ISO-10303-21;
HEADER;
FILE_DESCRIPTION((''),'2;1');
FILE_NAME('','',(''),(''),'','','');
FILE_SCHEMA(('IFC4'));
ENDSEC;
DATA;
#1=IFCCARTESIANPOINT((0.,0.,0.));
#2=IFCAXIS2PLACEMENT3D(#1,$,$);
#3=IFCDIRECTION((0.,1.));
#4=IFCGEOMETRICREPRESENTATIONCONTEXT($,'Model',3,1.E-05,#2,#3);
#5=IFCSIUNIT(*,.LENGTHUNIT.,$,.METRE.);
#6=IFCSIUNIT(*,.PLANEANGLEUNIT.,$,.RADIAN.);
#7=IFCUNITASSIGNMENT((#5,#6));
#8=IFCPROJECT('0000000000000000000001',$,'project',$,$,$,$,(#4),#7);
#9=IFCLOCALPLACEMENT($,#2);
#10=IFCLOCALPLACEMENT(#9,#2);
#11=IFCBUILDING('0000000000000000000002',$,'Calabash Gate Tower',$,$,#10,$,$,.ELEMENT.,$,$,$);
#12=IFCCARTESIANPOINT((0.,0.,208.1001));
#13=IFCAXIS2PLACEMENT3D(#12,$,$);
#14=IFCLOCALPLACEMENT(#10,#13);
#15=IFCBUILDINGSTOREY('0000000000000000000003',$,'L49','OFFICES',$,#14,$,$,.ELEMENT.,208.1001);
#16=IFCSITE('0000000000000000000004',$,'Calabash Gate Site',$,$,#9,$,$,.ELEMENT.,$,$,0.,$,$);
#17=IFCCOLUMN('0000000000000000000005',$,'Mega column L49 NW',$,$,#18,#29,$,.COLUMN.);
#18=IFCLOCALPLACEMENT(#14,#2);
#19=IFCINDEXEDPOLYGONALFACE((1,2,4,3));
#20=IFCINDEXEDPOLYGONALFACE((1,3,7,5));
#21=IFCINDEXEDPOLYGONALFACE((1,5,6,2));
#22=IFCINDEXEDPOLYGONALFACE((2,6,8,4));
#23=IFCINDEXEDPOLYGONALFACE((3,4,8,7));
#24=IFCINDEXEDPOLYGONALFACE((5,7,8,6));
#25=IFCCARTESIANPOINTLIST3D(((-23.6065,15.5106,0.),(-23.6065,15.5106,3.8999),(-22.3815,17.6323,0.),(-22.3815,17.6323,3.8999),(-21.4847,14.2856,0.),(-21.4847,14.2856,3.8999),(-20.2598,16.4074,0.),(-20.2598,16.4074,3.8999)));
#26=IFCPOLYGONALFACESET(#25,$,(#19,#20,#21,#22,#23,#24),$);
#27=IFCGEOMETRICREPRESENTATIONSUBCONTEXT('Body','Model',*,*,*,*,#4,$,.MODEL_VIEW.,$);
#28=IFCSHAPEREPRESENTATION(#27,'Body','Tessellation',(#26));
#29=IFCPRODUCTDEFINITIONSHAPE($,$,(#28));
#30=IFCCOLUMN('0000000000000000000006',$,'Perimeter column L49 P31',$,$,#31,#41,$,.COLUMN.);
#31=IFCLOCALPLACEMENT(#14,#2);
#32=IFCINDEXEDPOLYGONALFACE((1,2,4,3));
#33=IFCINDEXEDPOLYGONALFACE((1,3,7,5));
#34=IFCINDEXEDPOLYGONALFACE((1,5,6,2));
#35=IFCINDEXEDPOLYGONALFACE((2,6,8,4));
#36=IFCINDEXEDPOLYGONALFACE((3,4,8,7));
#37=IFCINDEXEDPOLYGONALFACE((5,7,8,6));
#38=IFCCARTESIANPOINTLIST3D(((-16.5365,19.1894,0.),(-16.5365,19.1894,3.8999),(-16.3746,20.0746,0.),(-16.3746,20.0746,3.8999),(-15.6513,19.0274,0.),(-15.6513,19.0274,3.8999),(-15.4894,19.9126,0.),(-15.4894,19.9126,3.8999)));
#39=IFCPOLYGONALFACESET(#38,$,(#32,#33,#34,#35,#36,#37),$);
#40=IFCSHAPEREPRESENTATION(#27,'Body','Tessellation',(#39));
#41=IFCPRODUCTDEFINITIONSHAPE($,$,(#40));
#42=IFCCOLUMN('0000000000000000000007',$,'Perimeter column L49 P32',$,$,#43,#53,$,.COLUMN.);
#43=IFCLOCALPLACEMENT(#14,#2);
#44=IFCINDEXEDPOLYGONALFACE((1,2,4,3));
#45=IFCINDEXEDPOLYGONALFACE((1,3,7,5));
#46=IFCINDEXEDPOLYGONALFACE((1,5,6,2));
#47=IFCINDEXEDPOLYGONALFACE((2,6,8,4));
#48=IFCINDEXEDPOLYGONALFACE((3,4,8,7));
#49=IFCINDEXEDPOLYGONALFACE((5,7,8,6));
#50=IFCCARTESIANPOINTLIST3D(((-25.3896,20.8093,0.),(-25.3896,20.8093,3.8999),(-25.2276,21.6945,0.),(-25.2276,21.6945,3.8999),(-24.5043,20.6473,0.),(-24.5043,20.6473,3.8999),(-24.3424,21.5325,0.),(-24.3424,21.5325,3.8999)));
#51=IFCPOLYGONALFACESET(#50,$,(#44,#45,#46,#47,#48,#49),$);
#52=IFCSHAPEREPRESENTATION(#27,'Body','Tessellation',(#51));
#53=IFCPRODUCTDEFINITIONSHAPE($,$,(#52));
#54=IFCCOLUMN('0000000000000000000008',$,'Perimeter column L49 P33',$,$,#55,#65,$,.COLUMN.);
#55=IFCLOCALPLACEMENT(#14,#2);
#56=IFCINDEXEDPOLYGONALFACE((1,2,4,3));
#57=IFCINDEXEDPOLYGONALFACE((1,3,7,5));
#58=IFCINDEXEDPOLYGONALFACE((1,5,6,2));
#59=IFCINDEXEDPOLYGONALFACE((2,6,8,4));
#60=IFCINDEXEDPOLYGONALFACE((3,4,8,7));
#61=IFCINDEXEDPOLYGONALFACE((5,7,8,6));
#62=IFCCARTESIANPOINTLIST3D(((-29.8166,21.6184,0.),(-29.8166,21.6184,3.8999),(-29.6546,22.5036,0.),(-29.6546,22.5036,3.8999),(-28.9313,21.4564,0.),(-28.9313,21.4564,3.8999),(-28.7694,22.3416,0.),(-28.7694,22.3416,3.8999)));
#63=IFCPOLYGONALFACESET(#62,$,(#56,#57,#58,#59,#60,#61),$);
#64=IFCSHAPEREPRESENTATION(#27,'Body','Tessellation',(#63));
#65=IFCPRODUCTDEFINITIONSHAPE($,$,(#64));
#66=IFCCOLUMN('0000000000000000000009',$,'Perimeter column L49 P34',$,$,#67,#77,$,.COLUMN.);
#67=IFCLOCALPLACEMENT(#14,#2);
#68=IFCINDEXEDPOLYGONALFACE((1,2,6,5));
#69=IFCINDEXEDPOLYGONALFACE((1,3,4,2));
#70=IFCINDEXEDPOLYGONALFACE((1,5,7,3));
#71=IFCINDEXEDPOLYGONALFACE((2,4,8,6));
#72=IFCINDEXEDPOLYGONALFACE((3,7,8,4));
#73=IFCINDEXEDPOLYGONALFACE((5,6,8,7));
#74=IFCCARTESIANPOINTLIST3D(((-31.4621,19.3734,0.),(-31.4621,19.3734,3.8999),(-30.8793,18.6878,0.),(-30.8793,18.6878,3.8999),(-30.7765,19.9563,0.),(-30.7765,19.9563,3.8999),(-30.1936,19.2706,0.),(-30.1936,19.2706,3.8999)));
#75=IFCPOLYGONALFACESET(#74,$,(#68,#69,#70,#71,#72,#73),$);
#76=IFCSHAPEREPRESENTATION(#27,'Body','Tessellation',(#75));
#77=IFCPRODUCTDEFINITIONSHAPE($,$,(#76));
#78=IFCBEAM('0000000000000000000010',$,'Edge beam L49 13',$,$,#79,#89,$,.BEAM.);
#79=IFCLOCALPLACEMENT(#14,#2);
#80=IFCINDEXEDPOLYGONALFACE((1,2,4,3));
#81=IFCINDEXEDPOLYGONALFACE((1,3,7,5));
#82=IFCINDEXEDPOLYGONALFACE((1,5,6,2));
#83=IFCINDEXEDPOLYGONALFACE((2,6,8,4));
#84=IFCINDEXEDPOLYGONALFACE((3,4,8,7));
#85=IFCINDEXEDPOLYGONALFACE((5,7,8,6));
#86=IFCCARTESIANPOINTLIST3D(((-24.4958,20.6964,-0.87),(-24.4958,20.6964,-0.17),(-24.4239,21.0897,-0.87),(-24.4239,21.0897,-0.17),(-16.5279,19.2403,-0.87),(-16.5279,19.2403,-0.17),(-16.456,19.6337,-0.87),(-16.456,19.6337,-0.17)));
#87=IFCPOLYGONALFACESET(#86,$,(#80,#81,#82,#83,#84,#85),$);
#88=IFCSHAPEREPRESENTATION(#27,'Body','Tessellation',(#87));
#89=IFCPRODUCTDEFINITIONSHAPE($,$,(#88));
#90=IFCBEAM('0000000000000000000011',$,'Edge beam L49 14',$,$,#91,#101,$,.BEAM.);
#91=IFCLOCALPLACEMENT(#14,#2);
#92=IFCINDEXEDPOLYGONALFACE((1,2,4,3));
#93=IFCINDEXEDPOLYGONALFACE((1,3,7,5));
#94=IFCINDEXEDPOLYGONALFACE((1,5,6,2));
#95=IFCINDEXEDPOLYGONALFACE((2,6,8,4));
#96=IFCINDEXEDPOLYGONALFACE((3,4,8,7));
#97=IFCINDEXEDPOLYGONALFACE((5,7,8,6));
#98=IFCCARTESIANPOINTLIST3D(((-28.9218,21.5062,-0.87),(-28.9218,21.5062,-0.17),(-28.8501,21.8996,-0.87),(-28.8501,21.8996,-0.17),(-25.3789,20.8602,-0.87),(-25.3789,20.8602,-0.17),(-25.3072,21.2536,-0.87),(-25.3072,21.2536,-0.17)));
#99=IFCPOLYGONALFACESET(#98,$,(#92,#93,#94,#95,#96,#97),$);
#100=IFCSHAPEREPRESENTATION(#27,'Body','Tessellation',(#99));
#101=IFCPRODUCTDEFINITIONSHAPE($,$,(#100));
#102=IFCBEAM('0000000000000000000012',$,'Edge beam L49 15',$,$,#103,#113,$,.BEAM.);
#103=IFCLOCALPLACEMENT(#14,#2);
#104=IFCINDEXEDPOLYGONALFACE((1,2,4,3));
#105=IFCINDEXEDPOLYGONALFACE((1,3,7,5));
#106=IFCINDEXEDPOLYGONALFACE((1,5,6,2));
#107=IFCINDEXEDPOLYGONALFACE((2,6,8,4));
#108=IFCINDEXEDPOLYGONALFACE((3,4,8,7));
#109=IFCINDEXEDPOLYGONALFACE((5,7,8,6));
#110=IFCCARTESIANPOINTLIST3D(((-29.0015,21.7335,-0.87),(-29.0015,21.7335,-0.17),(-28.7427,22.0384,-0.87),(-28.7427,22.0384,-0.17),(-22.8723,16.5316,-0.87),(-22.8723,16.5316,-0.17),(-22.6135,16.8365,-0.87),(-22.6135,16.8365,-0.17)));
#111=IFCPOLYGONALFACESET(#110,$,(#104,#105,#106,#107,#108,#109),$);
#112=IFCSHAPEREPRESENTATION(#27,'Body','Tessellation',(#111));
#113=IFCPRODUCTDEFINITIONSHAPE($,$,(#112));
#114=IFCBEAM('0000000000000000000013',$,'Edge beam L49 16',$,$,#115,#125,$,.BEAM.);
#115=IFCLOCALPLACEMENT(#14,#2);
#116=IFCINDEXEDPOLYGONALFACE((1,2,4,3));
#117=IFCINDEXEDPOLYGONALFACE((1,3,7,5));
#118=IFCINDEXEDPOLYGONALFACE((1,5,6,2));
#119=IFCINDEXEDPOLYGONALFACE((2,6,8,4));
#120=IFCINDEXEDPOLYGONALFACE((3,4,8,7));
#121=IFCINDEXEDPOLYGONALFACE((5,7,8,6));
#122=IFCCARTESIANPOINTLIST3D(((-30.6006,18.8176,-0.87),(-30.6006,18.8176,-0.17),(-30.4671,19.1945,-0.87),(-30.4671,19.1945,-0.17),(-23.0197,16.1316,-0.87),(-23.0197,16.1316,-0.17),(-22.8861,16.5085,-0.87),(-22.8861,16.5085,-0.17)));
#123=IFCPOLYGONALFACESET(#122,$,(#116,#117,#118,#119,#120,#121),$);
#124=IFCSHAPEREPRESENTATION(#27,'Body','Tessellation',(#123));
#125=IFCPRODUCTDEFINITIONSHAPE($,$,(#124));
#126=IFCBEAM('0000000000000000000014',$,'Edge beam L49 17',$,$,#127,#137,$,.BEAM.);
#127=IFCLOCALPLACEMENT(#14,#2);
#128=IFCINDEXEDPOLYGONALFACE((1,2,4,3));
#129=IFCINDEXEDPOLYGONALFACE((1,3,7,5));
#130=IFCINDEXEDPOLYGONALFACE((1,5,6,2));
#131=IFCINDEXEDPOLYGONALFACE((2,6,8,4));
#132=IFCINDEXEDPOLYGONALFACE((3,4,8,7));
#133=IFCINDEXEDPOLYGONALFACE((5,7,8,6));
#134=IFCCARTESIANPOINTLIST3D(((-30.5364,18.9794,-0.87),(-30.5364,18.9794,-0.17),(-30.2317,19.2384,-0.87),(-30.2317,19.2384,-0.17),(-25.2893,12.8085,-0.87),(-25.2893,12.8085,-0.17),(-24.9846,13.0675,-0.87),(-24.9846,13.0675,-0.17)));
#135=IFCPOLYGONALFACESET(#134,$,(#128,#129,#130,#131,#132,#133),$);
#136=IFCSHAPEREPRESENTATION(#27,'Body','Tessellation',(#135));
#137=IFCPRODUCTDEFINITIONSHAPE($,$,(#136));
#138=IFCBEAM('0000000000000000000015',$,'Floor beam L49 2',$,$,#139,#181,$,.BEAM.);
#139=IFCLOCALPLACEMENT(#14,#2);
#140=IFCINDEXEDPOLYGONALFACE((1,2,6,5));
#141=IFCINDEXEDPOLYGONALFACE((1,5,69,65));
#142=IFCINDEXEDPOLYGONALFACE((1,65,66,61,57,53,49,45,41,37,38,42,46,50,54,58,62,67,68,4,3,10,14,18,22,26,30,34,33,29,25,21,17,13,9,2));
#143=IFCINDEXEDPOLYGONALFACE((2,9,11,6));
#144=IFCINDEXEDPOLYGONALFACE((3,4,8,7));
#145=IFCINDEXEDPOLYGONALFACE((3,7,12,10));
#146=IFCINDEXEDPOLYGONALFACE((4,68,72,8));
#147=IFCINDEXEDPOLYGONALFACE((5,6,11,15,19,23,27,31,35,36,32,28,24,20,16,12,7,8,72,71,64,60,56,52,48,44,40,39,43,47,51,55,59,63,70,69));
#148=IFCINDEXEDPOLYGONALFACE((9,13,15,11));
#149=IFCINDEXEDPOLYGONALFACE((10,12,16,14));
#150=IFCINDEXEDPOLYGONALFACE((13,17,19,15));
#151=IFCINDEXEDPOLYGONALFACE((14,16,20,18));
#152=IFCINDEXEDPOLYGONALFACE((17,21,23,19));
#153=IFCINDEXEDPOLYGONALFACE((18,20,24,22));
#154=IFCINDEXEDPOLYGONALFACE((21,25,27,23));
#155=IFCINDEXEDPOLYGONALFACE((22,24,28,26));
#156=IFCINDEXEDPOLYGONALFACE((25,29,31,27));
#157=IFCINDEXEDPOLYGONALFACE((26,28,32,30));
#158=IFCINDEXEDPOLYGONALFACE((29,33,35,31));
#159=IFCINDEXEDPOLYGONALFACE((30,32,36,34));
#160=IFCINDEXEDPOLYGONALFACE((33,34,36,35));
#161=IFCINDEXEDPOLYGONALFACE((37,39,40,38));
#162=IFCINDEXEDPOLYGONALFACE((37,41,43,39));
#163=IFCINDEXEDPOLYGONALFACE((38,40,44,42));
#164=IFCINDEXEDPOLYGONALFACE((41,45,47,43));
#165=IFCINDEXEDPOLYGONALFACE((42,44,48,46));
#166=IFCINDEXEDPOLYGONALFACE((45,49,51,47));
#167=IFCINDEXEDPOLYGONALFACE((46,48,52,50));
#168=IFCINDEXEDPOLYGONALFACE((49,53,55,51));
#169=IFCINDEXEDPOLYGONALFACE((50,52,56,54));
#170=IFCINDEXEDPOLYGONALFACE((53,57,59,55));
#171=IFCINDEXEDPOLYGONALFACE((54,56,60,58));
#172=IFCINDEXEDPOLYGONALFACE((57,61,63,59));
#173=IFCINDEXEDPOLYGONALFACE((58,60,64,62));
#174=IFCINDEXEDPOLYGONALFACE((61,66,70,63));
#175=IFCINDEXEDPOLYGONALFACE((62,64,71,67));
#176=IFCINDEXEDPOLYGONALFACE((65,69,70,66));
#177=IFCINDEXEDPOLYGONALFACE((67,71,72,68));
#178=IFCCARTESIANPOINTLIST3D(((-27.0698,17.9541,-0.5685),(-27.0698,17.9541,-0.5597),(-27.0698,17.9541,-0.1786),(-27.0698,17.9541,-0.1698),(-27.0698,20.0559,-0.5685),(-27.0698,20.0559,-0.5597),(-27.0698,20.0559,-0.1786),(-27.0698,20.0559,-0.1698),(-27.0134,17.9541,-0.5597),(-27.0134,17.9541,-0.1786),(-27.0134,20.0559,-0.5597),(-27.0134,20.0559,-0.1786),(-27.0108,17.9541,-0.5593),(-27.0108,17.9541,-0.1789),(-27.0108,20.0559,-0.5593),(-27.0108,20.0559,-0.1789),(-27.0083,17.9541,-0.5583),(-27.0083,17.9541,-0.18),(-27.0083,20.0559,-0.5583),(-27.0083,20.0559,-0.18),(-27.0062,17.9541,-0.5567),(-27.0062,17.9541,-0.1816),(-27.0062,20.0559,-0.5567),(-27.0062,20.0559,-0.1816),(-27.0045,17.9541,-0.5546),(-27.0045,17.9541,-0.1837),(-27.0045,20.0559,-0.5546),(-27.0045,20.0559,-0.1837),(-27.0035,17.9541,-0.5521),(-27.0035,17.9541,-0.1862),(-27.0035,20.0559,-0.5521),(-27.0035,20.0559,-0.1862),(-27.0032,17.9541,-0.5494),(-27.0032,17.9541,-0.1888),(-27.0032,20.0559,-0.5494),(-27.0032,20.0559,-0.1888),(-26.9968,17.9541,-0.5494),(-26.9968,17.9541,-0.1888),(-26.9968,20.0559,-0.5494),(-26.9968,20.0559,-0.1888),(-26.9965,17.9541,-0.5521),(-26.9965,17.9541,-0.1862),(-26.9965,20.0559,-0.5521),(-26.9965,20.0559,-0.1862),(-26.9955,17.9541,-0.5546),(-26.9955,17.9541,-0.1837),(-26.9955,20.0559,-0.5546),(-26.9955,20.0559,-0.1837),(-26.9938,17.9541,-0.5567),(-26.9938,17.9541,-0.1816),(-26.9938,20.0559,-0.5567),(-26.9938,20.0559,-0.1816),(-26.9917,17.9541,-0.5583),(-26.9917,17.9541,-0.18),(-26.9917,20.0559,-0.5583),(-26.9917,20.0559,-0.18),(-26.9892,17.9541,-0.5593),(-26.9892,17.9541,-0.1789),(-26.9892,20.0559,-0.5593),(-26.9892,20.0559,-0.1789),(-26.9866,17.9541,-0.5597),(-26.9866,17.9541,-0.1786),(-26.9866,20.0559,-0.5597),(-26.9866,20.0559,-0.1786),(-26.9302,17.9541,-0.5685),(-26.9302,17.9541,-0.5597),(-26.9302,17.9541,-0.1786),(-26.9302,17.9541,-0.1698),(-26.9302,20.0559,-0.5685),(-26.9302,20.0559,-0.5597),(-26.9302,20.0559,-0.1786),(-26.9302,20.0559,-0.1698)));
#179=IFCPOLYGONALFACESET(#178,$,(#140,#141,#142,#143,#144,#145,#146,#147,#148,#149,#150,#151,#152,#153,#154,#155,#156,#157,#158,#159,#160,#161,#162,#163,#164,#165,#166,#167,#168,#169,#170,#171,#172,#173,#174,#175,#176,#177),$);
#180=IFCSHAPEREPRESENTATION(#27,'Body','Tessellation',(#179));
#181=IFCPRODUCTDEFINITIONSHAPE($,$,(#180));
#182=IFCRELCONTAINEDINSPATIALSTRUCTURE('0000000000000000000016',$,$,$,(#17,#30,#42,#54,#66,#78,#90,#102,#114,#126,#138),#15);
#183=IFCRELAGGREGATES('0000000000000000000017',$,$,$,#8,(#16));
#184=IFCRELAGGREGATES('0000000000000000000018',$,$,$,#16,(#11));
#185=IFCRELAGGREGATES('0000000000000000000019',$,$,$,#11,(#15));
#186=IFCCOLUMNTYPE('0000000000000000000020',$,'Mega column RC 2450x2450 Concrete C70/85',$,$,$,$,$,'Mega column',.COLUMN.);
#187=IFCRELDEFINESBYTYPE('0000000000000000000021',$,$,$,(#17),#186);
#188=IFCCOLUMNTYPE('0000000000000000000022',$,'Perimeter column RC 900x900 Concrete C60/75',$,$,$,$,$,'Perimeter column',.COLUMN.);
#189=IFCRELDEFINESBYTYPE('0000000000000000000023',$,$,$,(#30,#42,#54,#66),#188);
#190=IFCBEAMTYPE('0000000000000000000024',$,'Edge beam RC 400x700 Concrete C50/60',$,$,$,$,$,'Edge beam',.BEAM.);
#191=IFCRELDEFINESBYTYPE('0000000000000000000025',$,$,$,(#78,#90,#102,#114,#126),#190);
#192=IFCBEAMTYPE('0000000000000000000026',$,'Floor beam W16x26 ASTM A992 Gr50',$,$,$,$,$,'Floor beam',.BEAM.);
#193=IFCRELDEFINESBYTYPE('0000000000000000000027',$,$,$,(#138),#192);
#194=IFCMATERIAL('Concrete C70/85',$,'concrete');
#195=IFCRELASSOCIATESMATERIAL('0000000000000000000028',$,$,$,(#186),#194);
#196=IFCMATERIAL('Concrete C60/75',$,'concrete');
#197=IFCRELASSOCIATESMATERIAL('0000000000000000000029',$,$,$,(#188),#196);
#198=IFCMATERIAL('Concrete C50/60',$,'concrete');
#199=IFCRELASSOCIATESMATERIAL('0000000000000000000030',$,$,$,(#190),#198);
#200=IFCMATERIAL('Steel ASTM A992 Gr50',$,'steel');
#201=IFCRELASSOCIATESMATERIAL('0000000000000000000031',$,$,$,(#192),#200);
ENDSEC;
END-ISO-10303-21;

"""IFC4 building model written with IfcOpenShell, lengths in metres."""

from ifc_helpers import new_model, si_unit, direction, frame, origin, origin_2d, place, context, subcontext, project, spatial, rectangle, i_section, extrude, material, material_profile, profile_set, type_object, element, save


model = new_model("IFC4")

# Units and contexts
model_context = context("Model", 3, precision=1e-05, world=origin(), true_north=direction((0.0, 1.0)))
body_context = subcontext(model_context, "Body", "Model", "MODEL_VIEW")
ifc_project = project(units=[si_unit("LENGTHUNIT", "METRE"), si_unit("PLANEANGLEUNIT", "RADIAN")], contexts=[model_context])

# Site, building, storey
site_placement = place(None, origin())
site = spatial("IfcSite", under=ifc_project, at=site_placement, Name="Calabash Gate Site", CompositionType="ELEMENT", RefElevation=0.0)
building_placement = place(site_placement, origin())
building = spatial("IfcBuilding", under=site, at=building_placement, Name="Calabash Gate Tower", CompositionType="ELEMENT")
storey_placement = place(building_placement, frame((0.0, 0.0, 208.1001)))
storey = spatial("IfcBuildingStorey", under=building, at=storey_placement, Name="L49", Description="OFFICES", CompositionType="ELEMENT", Elevation=208.1001)

# Columns
ifc_material_1 = material(Name="Concrete C70/85", Category="concrete")
ifc_material_profile_1 = material_profile(ifc_material_1, rectangle(XDim=2.45, YDim=2.45, at=origin_2d()))
ifc_profile_set_1 = profile_set([ifc_material_profile_1], Name="Concrete C70/85")
column_type_1 = type_object("IfcColumnType", Name="Mega column RC 2450x2450 Concrete C70/85", ElementType="Mega column", PredefinedType="COLUMN", material=ifc_profile_set_1)
column_placement = place(storey_placement, frame((-21.9331, 15.959, 0.0), z_axis=(0.0, 0.0, 1.0), x_axis=(0.866025, -0.5, 0.0)))
element("IfcColumn", 1, at=column_placement, inside=storey, type_object=column_type_1, Name="Mega column L49 NW", PredefinedType="COLUMN", context=body_context, shape_type="SweptSolid", body=[
    extrude(rectangle(XDim=2.45, YDim=2.45, at=origin_2d()), origin(), (0.0, 0.0, 1.0), 3.8999),
])
ifc_material_2 = material(Name="Concrete C60/75", Category="concrete")
ifc_material_profile_2 = material_profile(ifc_material_2, rectangle(XDim=0.8999, YDim=0.8999, at=origin_2d()))
ifc_profile_set_2 = profile_set([ifc_material_profile_2], Name="Concrete C60/75")
column_type_2 = type_object("IfcColumnType", Name="Perimeter column RC 900x900 Concrete C60/75", ElementType="Perimeter column", PredefinedType="COLUMN", material=ifc_profile_set_2)
for number, where, z_axis, x_axis, name in (
    (2, (-16.0129, 19.551, 0.0), (0.0, 0.0, 1.0), (-0.98367, 0.179982, 0.0), "Perimeter column L49 P31"),
    (3, (-24.866, 21.1709, 0.0), (0.0, 0.0, 1.0), (-0.98367, 0.179982, 0.0), "Perimeter column L49 P32"),
    (4, (-29.293, 21.98, 0.0), (0.0, 0.0, 1.0), (-0.98367, 0.179982, 0.0), "Perimeter column L49 P33"),
    (5, (-30.8279, 19.322, 0.0), (0.0, 0.0, 1.0), (0.647704, -0.761892, 0.0), "Perimeter column L49 P34"),
):
    element("IfcColumn", number, at=place(storey_placement, frame(where, z_axis=z_axis, x_axis=x_axis)), inside=storey, type_object=column_type_2, Name=name, PredefinedType="COLUMN", context=body_context, shape_type="SweptSolid", body=[
        extrude(rectangle(XDim=0.8999, YDim=0.8999, at=origin_2d()), origin(), (0.0, 0.0, 1.0), 3.8999),
    ])

# Beams
ifc_material_3 = material(Name="Concrete C50/60", Category="concrete")
ifc_material_profile_3 = material_profile(ifc_material_3, rectangle(XDim=0.3999, YDim=0.7, at=origin_2d()))
ifc_profile_set_3 = profile_set([ifc_material_profile_3], Name="Concrete C50/60")
beam_type_1 = type_object("IfcBeamType", Name="Edge beam RC 400x700 Concrete C50/60", ElementType="Edge beam", PredefinedType="BEAM", material=ifc_profile_set_3)
beam_1_placement = place(storey_placement, frame((-16.4919, 19.437, -0.52), z_axis=(-0.98371, 0.179761, 0.0), x_axis=(-0.179761, -0.98371, 0.0)))
element("IfcBeam", 6, at=beam_1_placement, inside=storey, type_object=beam_type_1, Name="Edge beam L49 13", PredefinedType="BEAM", context=body_context, shape_type="SweptSolid", body=[
    extrude(rectangle(XDim=0.3999, YDim=0.7, at=origin_2d()), origin(), (0.0, 0.0, 1.0), 8.0999),
])
beam_2_placement = place(storey_placement, frame((-25.343, 21.0569, -0.52), z_axis=(-0.983781, 0.179375, 0.0), x_axis=(-0.179375, -0.983781, 0.0)))
element("IfcBeam", 7, at=beam_2_placement, inside=storey, type_object=beam_type_1, Name="Edge beam L49 14", PredefinedType="BEAM", context=body_context, shape_type="SweptSolid", body=[
    extrude(rectangle(XDim=0.3999, YDim=0.7, at=origin_2d()), origin(), (0.0, 0.0, 1.0), 3.6013),
])
beam_3_placement = place(storey_placement, frame((-28.8721, 21.886, -0.52), z_axis=(0.762422, -0.64708, 0.0), x_axis=(0.64708, 0.762422, 0.0)))
element("IfcBeam", 8, at=beam_3_placement, inside=storey, type_object=beam_type_1, Name="Edge beam L49 15", PredefinedType="BEAM", context=body_context, shape_type="SweptSolid", body=[
    extrude(rectangle(XDim=0.3999, YDim=0.7, at=origin_2d()), origin(), (0.0, 0.0, 1.0), 8.0391),
])
beam_4_placement = place(storey_placement, frame((-22.9529, 16.3201, -0.52), z_axis=(-0.942585, 0.333966, 0.0), x_axis=(-0.333966, -0.942585, 0.0)))
element("IfcBeam", 9, at=beam_4_placement, inside=storey, type_object=beam_type_1, Name="Edge beam L49 16", PredefinedType="BEAM", context=body_context, shape_type="SweptSolid", body=[
    extrude(rectangle(XDim=0.3999, YDim=0.7, at=origin_2d()), origin(), (0.0, 0.0, 1.0), 8.0427),
])
beam_5_placement = place(storey_placement, frame((-30.384, 19.1089, -0.52), z_axis=(0.647778, -0.761829, 0.0), x_axis=(0.761829, 0.647778, 0.0)))
element("IfcBeam", 10, at=beam_5_placement, inside=storey, type_object=beam_type_1, Name="Edge beam L49 17", PredefinedType="BEAM", context=body_context, shape_type="SweptSolid", body=[
    extrude(rectangle(XDim=0.3999, YDim=0.7, at=origin_2d()), origin(), (0.0, 0.0, 1.0), 8.1001),
])
ifc_material_4 = material(Name="Steel ASTM A992 Gr50", Category="steel")
ifc_material_profile_4 = material_profile(ifc_material_4, i_section(OverallWidth=0.1396, OverallDepth=0.3987, WebThickness=0.0063, FlangeThickness=0.0088, FilletRadius=0.0103, at=origin_2d()))
ifc_profile_set_4 = profile_set([ifc_material_profile_4], Name="Steel ASTM A992 Gr50")
beam_type_2 = type_object("IfcBeamType", Name="Floor beam W16x26 ASTM A992 Gr50", ElementType="Floor beam", PredefinedType="BEAM", material=ifc_profile_set_4)
beam_6_placement = place(storey_placement, frame((-27.0, 17.9541, -0.3691), z_axis=(0.0, 1.0, 0.0), x_axis=(-1.0, 0.0, 0.0)))
element("IfcBeam", 11, at=beam_6_placement, inside=storey, type_object=beam_type_2, Name="Floor beam L49 2", PredefinedType="BEAM", context=body_context, shape_type="SweptSolid", body=[
    extrude(i_section(OverallWidth=0.1396, OverallDepth=0.3987, WebThickness=0.0063, FlangeThickness=0.0088, FilletRadius=0.0103, at=origin_2d()), origin(), (0.0, 0.0, 1.0), 2.1018),
])

save(model, "model.ifc")
